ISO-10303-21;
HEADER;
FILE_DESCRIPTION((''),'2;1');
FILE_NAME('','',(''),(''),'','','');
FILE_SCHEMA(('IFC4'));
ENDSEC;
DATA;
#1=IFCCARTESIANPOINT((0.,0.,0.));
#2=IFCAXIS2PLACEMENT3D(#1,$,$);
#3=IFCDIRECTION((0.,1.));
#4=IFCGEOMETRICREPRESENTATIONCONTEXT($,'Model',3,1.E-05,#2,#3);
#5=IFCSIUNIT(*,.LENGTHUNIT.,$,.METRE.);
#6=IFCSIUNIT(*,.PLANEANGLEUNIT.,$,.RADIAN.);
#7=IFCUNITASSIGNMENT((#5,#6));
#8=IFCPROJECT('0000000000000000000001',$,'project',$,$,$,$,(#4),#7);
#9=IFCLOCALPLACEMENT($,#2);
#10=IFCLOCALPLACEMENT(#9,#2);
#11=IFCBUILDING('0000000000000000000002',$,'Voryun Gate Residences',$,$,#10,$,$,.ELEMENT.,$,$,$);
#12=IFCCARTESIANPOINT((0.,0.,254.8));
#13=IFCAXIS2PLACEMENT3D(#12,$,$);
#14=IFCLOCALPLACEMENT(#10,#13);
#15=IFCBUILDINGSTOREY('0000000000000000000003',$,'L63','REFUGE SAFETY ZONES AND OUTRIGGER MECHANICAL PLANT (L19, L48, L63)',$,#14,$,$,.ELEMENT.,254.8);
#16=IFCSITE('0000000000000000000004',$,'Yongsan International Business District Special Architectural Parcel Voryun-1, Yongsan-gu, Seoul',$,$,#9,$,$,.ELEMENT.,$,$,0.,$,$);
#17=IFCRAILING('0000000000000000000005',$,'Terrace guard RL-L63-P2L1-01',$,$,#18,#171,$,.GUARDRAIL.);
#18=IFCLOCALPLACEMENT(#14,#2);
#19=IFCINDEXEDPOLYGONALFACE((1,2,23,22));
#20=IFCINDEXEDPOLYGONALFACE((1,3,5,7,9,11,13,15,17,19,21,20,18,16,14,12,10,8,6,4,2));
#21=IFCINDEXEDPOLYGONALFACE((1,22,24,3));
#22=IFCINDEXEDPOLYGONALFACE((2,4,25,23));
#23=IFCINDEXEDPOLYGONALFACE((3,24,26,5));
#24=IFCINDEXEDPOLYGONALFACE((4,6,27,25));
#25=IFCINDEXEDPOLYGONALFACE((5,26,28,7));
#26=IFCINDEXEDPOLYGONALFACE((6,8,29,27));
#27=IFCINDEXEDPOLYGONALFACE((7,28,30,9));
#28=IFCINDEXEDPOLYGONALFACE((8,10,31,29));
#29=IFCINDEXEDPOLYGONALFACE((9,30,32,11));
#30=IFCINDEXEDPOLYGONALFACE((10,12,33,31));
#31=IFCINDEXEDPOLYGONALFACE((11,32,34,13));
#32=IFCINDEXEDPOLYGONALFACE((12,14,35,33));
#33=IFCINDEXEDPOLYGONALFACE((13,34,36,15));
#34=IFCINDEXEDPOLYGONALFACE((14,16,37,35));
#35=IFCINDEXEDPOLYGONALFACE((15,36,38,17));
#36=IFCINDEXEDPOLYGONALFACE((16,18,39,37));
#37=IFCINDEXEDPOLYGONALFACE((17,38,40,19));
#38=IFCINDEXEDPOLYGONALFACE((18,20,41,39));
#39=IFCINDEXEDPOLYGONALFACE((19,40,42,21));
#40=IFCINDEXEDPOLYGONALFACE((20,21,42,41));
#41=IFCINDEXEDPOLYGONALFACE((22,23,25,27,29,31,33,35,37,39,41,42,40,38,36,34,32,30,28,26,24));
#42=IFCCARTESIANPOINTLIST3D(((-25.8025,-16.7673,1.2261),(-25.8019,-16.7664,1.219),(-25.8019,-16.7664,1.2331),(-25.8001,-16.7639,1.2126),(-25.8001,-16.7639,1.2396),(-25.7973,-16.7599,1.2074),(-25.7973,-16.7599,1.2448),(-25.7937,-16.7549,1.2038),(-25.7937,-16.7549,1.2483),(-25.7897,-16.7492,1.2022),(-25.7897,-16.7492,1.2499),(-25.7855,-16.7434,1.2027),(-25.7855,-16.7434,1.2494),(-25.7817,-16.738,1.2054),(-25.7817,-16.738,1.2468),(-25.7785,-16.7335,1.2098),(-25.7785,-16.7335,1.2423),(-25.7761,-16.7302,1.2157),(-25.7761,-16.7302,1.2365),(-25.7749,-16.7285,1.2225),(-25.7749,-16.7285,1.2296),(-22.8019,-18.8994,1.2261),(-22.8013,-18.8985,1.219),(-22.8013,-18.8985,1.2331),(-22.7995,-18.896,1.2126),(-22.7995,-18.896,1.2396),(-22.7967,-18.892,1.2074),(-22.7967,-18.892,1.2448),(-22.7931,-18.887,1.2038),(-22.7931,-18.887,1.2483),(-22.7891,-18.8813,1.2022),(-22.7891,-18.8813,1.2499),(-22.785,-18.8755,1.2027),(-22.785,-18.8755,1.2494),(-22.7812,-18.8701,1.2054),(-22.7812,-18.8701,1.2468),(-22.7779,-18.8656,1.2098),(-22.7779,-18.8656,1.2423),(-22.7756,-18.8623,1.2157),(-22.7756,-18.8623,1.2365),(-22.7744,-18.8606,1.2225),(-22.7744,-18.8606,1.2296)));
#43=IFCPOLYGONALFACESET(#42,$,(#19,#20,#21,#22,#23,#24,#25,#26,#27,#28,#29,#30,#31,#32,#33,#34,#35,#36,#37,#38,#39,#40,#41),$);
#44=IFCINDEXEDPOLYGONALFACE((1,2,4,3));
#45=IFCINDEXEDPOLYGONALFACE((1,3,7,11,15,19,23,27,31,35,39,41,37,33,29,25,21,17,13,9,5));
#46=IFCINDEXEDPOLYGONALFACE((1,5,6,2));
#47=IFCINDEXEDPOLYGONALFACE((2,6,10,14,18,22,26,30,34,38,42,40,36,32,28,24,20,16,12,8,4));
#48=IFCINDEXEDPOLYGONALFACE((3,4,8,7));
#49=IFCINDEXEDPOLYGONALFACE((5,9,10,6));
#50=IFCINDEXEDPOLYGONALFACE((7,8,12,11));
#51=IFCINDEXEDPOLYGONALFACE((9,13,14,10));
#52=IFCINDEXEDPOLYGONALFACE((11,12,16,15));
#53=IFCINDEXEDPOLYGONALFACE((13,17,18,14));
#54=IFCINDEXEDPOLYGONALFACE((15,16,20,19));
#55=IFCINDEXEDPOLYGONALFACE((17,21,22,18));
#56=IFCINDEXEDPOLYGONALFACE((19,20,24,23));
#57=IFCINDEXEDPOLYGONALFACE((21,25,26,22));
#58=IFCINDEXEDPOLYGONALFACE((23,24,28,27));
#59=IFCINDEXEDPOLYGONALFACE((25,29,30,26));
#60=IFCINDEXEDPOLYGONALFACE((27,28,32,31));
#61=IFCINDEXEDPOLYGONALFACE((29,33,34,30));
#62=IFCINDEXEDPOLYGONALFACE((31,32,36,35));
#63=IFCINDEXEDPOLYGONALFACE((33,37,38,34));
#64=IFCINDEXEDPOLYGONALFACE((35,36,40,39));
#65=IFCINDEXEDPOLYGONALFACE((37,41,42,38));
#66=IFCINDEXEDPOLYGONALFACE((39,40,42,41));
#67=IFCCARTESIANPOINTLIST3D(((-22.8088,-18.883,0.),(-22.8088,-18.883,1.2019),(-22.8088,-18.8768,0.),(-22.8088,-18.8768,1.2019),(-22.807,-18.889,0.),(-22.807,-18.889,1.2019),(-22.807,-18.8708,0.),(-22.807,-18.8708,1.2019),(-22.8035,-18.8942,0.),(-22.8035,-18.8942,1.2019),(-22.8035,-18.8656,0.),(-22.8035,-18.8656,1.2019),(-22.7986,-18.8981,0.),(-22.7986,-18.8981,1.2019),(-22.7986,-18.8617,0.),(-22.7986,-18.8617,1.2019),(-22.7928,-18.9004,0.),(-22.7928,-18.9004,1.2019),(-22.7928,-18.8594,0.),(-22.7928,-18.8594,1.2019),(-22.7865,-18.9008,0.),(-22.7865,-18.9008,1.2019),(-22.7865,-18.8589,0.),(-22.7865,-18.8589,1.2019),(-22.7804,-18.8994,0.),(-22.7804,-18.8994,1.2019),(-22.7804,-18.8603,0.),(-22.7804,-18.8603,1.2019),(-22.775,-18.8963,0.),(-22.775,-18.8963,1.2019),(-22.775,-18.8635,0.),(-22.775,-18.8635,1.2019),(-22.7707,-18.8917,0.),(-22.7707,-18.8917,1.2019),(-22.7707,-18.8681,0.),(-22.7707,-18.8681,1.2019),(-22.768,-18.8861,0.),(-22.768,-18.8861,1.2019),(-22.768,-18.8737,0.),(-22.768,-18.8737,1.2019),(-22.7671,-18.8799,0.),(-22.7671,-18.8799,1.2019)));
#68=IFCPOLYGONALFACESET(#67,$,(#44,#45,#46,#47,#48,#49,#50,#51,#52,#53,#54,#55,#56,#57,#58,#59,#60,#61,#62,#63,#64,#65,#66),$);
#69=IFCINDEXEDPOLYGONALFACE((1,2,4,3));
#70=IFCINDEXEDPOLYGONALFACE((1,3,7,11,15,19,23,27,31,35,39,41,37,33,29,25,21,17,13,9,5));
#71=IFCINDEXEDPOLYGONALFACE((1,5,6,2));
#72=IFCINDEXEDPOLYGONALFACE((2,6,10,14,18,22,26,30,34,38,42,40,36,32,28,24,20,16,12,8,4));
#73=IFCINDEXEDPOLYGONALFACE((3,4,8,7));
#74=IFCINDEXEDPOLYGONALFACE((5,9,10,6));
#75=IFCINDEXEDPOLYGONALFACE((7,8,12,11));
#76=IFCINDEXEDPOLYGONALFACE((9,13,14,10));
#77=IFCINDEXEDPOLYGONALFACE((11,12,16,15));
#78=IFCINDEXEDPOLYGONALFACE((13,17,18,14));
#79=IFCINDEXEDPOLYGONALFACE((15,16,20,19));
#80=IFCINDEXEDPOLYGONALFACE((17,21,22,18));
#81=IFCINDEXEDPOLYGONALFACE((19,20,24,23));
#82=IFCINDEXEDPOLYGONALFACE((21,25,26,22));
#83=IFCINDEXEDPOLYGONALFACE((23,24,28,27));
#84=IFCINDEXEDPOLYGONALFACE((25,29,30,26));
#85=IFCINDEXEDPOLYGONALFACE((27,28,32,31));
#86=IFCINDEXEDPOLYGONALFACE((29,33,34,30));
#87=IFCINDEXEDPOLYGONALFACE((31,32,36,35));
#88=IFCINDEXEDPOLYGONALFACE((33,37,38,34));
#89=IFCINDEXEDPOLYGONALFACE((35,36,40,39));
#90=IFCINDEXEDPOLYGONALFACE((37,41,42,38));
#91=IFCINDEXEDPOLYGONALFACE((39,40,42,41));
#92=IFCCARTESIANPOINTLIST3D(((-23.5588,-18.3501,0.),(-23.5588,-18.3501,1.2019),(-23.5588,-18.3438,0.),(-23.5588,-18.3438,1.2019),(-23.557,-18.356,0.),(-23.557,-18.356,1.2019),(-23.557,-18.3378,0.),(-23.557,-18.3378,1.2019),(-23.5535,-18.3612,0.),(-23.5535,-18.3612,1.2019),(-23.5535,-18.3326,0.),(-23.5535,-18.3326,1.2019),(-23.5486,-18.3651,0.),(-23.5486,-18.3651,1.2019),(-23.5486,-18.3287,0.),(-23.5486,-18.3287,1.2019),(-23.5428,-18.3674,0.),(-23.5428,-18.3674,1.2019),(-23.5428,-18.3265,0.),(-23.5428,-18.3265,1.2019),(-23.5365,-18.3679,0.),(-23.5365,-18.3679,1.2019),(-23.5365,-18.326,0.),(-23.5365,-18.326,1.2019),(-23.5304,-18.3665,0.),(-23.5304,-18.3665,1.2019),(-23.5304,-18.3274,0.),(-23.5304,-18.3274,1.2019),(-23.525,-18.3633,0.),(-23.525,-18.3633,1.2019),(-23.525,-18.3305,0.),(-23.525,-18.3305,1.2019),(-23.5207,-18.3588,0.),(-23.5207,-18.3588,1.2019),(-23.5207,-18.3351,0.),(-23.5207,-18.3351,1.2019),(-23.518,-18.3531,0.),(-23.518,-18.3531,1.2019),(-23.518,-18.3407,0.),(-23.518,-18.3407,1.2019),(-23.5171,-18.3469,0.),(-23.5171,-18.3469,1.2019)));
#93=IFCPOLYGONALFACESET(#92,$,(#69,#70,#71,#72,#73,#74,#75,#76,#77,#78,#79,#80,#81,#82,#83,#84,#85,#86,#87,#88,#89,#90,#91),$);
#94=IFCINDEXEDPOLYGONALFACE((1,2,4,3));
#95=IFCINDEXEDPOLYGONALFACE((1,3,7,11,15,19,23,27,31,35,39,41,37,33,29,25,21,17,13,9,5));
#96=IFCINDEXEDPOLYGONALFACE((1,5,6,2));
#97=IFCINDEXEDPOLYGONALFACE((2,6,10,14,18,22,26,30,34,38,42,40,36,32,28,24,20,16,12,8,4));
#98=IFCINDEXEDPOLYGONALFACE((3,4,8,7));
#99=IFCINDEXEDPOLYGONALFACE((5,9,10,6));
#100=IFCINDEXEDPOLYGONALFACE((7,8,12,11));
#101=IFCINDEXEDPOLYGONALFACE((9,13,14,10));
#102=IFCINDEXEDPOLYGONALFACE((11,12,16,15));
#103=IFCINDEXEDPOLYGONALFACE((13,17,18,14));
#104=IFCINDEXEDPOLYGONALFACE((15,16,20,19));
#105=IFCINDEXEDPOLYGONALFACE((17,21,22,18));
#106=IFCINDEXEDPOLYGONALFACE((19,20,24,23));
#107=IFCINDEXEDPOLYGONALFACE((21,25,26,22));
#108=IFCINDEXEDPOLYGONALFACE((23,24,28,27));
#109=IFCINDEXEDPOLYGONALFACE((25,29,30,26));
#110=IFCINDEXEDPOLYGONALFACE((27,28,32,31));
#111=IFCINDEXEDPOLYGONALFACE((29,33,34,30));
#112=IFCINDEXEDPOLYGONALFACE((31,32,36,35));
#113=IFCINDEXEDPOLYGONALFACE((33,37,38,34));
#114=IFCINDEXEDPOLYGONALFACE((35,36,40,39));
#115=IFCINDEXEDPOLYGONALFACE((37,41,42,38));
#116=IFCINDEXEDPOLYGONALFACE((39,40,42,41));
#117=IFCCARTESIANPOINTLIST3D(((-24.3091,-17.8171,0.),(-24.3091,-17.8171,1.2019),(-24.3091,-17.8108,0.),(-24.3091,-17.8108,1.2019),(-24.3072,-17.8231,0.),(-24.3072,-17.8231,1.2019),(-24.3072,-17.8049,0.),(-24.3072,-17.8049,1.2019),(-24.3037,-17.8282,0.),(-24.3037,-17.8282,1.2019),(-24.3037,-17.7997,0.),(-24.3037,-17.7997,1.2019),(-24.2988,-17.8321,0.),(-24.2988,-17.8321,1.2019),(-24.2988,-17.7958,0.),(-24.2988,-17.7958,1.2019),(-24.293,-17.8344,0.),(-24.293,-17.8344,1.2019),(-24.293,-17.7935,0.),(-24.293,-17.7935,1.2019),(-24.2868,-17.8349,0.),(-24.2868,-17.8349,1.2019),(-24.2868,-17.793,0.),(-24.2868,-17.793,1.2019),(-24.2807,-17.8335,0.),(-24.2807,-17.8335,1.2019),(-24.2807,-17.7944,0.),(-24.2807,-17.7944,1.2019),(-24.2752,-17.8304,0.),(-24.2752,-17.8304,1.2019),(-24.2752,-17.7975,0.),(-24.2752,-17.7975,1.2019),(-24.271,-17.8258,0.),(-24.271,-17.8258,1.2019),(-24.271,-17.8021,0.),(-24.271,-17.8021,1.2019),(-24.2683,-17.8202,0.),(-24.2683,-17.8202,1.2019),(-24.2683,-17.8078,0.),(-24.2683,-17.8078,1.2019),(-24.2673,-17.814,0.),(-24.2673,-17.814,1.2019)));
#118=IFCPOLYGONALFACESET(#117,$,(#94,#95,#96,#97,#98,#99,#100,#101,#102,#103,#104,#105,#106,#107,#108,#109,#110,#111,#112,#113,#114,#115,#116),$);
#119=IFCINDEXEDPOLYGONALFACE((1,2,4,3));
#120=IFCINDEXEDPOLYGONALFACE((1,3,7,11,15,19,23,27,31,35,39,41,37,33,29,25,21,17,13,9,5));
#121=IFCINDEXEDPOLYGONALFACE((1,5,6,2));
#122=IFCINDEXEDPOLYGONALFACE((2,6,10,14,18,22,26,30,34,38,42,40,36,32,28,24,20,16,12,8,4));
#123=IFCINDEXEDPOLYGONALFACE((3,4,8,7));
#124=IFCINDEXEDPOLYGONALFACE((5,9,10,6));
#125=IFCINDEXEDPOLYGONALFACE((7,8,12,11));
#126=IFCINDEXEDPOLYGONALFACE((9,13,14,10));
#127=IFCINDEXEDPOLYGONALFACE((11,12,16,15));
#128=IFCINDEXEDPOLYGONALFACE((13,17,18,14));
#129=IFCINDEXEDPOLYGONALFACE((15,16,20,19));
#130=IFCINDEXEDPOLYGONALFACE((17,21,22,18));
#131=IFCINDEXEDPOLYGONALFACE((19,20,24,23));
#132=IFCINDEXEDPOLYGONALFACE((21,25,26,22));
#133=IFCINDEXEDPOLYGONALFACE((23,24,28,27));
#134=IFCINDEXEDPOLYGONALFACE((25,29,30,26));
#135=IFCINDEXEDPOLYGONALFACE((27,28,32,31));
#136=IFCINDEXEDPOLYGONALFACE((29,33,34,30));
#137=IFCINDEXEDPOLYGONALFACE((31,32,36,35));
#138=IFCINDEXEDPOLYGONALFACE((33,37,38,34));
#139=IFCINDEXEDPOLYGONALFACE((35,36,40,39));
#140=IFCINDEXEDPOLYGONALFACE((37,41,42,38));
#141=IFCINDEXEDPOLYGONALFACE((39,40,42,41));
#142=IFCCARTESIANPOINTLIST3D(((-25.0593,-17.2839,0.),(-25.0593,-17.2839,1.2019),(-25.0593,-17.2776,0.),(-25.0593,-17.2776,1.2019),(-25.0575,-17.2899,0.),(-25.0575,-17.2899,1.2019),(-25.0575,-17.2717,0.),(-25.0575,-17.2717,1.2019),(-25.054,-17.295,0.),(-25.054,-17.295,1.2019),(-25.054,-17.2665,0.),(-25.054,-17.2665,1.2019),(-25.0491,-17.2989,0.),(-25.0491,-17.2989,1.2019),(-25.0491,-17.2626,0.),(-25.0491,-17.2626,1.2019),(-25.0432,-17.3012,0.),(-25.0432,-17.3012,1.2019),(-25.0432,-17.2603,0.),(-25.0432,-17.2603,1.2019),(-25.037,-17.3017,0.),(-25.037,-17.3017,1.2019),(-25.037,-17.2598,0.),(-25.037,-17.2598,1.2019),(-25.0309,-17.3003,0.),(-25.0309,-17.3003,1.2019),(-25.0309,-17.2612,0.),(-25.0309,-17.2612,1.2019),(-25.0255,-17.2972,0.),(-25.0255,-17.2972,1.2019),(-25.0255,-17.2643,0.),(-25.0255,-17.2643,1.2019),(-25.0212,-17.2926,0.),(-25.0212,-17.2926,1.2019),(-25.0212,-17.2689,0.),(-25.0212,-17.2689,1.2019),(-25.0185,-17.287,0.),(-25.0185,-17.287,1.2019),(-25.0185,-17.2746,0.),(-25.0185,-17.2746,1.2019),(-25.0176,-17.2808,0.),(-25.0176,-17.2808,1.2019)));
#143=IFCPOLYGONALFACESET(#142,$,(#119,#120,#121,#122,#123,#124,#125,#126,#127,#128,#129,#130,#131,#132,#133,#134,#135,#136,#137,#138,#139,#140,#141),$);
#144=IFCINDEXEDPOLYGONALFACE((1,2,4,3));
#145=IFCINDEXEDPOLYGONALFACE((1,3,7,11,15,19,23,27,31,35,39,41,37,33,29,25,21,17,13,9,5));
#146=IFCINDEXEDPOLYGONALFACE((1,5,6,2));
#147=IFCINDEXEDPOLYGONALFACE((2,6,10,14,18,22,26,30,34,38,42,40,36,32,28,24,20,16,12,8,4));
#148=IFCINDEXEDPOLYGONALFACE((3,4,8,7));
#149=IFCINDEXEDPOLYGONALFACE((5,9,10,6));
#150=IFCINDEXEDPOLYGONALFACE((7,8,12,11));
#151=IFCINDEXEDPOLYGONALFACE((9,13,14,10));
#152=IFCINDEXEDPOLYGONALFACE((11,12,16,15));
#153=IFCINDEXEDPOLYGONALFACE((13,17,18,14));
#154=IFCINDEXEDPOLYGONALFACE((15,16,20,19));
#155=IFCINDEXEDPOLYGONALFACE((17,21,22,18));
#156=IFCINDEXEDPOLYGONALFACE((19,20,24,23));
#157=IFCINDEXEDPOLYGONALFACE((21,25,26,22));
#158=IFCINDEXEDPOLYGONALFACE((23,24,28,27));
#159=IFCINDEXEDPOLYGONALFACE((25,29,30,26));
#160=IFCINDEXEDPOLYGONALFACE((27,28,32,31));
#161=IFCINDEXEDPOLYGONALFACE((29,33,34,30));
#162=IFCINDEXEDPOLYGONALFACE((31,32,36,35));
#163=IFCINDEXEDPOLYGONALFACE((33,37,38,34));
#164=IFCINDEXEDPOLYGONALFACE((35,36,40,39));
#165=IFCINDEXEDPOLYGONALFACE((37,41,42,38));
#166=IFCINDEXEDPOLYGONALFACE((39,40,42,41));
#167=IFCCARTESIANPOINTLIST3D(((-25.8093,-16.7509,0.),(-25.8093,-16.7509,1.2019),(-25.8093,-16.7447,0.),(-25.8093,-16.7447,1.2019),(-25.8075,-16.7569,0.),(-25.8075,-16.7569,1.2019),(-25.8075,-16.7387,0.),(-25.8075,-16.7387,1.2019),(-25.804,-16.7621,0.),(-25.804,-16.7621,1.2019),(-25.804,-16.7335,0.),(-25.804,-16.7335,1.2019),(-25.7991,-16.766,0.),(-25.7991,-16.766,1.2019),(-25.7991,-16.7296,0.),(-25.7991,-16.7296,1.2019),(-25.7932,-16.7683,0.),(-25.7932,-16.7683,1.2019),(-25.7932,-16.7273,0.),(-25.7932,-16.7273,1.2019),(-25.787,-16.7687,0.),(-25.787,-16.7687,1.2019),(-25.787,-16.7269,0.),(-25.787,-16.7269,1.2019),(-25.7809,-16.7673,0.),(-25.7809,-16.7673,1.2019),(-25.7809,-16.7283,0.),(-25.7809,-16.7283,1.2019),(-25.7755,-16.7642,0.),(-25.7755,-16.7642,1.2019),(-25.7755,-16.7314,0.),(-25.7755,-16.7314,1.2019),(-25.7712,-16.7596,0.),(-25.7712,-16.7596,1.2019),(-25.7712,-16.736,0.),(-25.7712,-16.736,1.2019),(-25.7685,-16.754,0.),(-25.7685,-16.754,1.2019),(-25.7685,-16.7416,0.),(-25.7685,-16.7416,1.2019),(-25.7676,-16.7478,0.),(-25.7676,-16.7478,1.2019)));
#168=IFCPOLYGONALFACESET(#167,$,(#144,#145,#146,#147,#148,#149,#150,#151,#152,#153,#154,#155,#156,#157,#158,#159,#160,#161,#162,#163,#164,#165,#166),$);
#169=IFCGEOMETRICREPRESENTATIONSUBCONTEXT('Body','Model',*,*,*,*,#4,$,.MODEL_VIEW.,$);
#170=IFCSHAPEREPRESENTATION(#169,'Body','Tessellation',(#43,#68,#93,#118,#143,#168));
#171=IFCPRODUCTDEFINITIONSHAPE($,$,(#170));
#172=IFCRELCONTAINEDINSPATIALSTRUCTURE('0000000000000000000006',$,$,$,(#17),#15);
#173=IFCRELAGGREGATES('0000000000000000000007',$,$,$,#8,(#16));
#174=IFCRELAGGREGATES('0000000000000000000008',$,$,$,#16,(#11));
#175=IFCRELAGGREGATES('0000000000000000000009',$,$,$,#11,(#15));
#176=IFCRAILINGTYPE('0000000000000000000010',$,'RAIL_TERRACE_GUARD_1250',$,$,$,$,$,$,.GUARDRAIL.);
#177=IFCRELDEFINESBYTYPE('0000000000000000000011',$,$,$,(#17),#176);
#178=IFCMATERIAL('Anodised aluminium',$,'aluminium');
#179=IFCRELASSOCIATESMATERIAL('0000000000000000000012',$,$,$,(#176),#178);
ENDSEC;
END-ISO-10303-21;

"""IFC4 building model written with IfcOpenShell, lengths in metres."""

from ifc_helpers import new_model, si_unit, direction, frame, origin, origin_2d, place, context, subcontext, project, spatial, circle, extrude, material, type_object, element, save


model = new_model("IFC4")

# Units and contexts
model_context = context("Model", 3, precision=1e-05, world=origin(), true_north=direction((0.0, 1.0)))
body_context = subcontext(model_context, "Body", "Model", "MODEL_VIEW")
ifc_project = project(units=[si_unit("LENGTHUNIT", "METRE"), si_unit("PLANEANGLEUNIT", "RADIAN")], contexts=[model_context])

# Site, building, storey
site_placement = place(None, origin())
site = spatial("IfcSite", under=ifc_project, at=site_placement, Name="Yongsan International Business District Special Architectural Parcel Voryun-1, Yongsan-gu, Seoul", CompositionType="ELEMENT", RefElevation=0.0)
building_placement = place(site_placement, origin())
building = spatial("IfcBuilding", under=site, at=building_placement, Name="Voryun Gate Residences", CompositionType="ELEMENT")
storey_placement = place(building_placement, frame((0.0, 0.0, 254.8)))
storey = spatial("IfcBuildingStorey", under=building, at=storey_placement, Name="L63", Description="REFUGE SAFETY ZONES AND OUTRIGGER MECHANICAL PLANT (L19, L48, L63)", CompositionType="ELEMENT", Elevation=254.8)

# Railing
ifc_material_1 = material(Name="Anodised aluminium", Category="aluminium")
railing_type = type_object("IfcRailingType", Name="RAIL_TERRACE_GUARD_1250", PredefinedType="GUARDRAIL", material=ifc_material_1)
railing_placement = place(storey_placement, frame((-22.7881, -18.8799, 0.0)))
element("IfcRailing", 1, at=railing_placement, inside=storey, type_object=railing_type, Name="Terrace guard RL-L63-P2L1-01", PredefinedType="GUARDRAIL", context=body_context, shape_type="SweptSolid", body=[
    extrude(circle(Radius=0.0239, at=origin_2d()), frame((0.0, 0.0, 1.2261), z_axis=(-0.815161, 0.579235, 0.0), x_axis=(-0.579235, -0.815161, 0.0)), (0.0, 0.0, 1.0), 3.6809),
    extrude(circle(Radius=0.021, at=origin_2d()), origin(), (0.0, 0.0, 1.0), 1.2019),
    extrude(circle(Radius=0.021, at=origin_2d()), frame((-0.75, 0.533, 0.0)), (0.0, 0.0, 1.0), 1.2019),
    extrude(circle(Radius=0.021, at=origin_2d()), frame((-1.5002, 1.0659, 0.0)), (0.0, 0.0, 1.0), 1.2019),
    extrude(circle(Radius=0.021, at=origin_2d()), frame((-2.2505, 1.5991, 0.0)), (0.0, 0.0, 1.0), 1.2019),
    extrude(circle(Radius=0.021, at=origin_2d()), frame((-3.0005, 2.1321, 0.0)), (0.0, 0.0, 1.0), 1.2019),
])

save(model, "model.ifc")
